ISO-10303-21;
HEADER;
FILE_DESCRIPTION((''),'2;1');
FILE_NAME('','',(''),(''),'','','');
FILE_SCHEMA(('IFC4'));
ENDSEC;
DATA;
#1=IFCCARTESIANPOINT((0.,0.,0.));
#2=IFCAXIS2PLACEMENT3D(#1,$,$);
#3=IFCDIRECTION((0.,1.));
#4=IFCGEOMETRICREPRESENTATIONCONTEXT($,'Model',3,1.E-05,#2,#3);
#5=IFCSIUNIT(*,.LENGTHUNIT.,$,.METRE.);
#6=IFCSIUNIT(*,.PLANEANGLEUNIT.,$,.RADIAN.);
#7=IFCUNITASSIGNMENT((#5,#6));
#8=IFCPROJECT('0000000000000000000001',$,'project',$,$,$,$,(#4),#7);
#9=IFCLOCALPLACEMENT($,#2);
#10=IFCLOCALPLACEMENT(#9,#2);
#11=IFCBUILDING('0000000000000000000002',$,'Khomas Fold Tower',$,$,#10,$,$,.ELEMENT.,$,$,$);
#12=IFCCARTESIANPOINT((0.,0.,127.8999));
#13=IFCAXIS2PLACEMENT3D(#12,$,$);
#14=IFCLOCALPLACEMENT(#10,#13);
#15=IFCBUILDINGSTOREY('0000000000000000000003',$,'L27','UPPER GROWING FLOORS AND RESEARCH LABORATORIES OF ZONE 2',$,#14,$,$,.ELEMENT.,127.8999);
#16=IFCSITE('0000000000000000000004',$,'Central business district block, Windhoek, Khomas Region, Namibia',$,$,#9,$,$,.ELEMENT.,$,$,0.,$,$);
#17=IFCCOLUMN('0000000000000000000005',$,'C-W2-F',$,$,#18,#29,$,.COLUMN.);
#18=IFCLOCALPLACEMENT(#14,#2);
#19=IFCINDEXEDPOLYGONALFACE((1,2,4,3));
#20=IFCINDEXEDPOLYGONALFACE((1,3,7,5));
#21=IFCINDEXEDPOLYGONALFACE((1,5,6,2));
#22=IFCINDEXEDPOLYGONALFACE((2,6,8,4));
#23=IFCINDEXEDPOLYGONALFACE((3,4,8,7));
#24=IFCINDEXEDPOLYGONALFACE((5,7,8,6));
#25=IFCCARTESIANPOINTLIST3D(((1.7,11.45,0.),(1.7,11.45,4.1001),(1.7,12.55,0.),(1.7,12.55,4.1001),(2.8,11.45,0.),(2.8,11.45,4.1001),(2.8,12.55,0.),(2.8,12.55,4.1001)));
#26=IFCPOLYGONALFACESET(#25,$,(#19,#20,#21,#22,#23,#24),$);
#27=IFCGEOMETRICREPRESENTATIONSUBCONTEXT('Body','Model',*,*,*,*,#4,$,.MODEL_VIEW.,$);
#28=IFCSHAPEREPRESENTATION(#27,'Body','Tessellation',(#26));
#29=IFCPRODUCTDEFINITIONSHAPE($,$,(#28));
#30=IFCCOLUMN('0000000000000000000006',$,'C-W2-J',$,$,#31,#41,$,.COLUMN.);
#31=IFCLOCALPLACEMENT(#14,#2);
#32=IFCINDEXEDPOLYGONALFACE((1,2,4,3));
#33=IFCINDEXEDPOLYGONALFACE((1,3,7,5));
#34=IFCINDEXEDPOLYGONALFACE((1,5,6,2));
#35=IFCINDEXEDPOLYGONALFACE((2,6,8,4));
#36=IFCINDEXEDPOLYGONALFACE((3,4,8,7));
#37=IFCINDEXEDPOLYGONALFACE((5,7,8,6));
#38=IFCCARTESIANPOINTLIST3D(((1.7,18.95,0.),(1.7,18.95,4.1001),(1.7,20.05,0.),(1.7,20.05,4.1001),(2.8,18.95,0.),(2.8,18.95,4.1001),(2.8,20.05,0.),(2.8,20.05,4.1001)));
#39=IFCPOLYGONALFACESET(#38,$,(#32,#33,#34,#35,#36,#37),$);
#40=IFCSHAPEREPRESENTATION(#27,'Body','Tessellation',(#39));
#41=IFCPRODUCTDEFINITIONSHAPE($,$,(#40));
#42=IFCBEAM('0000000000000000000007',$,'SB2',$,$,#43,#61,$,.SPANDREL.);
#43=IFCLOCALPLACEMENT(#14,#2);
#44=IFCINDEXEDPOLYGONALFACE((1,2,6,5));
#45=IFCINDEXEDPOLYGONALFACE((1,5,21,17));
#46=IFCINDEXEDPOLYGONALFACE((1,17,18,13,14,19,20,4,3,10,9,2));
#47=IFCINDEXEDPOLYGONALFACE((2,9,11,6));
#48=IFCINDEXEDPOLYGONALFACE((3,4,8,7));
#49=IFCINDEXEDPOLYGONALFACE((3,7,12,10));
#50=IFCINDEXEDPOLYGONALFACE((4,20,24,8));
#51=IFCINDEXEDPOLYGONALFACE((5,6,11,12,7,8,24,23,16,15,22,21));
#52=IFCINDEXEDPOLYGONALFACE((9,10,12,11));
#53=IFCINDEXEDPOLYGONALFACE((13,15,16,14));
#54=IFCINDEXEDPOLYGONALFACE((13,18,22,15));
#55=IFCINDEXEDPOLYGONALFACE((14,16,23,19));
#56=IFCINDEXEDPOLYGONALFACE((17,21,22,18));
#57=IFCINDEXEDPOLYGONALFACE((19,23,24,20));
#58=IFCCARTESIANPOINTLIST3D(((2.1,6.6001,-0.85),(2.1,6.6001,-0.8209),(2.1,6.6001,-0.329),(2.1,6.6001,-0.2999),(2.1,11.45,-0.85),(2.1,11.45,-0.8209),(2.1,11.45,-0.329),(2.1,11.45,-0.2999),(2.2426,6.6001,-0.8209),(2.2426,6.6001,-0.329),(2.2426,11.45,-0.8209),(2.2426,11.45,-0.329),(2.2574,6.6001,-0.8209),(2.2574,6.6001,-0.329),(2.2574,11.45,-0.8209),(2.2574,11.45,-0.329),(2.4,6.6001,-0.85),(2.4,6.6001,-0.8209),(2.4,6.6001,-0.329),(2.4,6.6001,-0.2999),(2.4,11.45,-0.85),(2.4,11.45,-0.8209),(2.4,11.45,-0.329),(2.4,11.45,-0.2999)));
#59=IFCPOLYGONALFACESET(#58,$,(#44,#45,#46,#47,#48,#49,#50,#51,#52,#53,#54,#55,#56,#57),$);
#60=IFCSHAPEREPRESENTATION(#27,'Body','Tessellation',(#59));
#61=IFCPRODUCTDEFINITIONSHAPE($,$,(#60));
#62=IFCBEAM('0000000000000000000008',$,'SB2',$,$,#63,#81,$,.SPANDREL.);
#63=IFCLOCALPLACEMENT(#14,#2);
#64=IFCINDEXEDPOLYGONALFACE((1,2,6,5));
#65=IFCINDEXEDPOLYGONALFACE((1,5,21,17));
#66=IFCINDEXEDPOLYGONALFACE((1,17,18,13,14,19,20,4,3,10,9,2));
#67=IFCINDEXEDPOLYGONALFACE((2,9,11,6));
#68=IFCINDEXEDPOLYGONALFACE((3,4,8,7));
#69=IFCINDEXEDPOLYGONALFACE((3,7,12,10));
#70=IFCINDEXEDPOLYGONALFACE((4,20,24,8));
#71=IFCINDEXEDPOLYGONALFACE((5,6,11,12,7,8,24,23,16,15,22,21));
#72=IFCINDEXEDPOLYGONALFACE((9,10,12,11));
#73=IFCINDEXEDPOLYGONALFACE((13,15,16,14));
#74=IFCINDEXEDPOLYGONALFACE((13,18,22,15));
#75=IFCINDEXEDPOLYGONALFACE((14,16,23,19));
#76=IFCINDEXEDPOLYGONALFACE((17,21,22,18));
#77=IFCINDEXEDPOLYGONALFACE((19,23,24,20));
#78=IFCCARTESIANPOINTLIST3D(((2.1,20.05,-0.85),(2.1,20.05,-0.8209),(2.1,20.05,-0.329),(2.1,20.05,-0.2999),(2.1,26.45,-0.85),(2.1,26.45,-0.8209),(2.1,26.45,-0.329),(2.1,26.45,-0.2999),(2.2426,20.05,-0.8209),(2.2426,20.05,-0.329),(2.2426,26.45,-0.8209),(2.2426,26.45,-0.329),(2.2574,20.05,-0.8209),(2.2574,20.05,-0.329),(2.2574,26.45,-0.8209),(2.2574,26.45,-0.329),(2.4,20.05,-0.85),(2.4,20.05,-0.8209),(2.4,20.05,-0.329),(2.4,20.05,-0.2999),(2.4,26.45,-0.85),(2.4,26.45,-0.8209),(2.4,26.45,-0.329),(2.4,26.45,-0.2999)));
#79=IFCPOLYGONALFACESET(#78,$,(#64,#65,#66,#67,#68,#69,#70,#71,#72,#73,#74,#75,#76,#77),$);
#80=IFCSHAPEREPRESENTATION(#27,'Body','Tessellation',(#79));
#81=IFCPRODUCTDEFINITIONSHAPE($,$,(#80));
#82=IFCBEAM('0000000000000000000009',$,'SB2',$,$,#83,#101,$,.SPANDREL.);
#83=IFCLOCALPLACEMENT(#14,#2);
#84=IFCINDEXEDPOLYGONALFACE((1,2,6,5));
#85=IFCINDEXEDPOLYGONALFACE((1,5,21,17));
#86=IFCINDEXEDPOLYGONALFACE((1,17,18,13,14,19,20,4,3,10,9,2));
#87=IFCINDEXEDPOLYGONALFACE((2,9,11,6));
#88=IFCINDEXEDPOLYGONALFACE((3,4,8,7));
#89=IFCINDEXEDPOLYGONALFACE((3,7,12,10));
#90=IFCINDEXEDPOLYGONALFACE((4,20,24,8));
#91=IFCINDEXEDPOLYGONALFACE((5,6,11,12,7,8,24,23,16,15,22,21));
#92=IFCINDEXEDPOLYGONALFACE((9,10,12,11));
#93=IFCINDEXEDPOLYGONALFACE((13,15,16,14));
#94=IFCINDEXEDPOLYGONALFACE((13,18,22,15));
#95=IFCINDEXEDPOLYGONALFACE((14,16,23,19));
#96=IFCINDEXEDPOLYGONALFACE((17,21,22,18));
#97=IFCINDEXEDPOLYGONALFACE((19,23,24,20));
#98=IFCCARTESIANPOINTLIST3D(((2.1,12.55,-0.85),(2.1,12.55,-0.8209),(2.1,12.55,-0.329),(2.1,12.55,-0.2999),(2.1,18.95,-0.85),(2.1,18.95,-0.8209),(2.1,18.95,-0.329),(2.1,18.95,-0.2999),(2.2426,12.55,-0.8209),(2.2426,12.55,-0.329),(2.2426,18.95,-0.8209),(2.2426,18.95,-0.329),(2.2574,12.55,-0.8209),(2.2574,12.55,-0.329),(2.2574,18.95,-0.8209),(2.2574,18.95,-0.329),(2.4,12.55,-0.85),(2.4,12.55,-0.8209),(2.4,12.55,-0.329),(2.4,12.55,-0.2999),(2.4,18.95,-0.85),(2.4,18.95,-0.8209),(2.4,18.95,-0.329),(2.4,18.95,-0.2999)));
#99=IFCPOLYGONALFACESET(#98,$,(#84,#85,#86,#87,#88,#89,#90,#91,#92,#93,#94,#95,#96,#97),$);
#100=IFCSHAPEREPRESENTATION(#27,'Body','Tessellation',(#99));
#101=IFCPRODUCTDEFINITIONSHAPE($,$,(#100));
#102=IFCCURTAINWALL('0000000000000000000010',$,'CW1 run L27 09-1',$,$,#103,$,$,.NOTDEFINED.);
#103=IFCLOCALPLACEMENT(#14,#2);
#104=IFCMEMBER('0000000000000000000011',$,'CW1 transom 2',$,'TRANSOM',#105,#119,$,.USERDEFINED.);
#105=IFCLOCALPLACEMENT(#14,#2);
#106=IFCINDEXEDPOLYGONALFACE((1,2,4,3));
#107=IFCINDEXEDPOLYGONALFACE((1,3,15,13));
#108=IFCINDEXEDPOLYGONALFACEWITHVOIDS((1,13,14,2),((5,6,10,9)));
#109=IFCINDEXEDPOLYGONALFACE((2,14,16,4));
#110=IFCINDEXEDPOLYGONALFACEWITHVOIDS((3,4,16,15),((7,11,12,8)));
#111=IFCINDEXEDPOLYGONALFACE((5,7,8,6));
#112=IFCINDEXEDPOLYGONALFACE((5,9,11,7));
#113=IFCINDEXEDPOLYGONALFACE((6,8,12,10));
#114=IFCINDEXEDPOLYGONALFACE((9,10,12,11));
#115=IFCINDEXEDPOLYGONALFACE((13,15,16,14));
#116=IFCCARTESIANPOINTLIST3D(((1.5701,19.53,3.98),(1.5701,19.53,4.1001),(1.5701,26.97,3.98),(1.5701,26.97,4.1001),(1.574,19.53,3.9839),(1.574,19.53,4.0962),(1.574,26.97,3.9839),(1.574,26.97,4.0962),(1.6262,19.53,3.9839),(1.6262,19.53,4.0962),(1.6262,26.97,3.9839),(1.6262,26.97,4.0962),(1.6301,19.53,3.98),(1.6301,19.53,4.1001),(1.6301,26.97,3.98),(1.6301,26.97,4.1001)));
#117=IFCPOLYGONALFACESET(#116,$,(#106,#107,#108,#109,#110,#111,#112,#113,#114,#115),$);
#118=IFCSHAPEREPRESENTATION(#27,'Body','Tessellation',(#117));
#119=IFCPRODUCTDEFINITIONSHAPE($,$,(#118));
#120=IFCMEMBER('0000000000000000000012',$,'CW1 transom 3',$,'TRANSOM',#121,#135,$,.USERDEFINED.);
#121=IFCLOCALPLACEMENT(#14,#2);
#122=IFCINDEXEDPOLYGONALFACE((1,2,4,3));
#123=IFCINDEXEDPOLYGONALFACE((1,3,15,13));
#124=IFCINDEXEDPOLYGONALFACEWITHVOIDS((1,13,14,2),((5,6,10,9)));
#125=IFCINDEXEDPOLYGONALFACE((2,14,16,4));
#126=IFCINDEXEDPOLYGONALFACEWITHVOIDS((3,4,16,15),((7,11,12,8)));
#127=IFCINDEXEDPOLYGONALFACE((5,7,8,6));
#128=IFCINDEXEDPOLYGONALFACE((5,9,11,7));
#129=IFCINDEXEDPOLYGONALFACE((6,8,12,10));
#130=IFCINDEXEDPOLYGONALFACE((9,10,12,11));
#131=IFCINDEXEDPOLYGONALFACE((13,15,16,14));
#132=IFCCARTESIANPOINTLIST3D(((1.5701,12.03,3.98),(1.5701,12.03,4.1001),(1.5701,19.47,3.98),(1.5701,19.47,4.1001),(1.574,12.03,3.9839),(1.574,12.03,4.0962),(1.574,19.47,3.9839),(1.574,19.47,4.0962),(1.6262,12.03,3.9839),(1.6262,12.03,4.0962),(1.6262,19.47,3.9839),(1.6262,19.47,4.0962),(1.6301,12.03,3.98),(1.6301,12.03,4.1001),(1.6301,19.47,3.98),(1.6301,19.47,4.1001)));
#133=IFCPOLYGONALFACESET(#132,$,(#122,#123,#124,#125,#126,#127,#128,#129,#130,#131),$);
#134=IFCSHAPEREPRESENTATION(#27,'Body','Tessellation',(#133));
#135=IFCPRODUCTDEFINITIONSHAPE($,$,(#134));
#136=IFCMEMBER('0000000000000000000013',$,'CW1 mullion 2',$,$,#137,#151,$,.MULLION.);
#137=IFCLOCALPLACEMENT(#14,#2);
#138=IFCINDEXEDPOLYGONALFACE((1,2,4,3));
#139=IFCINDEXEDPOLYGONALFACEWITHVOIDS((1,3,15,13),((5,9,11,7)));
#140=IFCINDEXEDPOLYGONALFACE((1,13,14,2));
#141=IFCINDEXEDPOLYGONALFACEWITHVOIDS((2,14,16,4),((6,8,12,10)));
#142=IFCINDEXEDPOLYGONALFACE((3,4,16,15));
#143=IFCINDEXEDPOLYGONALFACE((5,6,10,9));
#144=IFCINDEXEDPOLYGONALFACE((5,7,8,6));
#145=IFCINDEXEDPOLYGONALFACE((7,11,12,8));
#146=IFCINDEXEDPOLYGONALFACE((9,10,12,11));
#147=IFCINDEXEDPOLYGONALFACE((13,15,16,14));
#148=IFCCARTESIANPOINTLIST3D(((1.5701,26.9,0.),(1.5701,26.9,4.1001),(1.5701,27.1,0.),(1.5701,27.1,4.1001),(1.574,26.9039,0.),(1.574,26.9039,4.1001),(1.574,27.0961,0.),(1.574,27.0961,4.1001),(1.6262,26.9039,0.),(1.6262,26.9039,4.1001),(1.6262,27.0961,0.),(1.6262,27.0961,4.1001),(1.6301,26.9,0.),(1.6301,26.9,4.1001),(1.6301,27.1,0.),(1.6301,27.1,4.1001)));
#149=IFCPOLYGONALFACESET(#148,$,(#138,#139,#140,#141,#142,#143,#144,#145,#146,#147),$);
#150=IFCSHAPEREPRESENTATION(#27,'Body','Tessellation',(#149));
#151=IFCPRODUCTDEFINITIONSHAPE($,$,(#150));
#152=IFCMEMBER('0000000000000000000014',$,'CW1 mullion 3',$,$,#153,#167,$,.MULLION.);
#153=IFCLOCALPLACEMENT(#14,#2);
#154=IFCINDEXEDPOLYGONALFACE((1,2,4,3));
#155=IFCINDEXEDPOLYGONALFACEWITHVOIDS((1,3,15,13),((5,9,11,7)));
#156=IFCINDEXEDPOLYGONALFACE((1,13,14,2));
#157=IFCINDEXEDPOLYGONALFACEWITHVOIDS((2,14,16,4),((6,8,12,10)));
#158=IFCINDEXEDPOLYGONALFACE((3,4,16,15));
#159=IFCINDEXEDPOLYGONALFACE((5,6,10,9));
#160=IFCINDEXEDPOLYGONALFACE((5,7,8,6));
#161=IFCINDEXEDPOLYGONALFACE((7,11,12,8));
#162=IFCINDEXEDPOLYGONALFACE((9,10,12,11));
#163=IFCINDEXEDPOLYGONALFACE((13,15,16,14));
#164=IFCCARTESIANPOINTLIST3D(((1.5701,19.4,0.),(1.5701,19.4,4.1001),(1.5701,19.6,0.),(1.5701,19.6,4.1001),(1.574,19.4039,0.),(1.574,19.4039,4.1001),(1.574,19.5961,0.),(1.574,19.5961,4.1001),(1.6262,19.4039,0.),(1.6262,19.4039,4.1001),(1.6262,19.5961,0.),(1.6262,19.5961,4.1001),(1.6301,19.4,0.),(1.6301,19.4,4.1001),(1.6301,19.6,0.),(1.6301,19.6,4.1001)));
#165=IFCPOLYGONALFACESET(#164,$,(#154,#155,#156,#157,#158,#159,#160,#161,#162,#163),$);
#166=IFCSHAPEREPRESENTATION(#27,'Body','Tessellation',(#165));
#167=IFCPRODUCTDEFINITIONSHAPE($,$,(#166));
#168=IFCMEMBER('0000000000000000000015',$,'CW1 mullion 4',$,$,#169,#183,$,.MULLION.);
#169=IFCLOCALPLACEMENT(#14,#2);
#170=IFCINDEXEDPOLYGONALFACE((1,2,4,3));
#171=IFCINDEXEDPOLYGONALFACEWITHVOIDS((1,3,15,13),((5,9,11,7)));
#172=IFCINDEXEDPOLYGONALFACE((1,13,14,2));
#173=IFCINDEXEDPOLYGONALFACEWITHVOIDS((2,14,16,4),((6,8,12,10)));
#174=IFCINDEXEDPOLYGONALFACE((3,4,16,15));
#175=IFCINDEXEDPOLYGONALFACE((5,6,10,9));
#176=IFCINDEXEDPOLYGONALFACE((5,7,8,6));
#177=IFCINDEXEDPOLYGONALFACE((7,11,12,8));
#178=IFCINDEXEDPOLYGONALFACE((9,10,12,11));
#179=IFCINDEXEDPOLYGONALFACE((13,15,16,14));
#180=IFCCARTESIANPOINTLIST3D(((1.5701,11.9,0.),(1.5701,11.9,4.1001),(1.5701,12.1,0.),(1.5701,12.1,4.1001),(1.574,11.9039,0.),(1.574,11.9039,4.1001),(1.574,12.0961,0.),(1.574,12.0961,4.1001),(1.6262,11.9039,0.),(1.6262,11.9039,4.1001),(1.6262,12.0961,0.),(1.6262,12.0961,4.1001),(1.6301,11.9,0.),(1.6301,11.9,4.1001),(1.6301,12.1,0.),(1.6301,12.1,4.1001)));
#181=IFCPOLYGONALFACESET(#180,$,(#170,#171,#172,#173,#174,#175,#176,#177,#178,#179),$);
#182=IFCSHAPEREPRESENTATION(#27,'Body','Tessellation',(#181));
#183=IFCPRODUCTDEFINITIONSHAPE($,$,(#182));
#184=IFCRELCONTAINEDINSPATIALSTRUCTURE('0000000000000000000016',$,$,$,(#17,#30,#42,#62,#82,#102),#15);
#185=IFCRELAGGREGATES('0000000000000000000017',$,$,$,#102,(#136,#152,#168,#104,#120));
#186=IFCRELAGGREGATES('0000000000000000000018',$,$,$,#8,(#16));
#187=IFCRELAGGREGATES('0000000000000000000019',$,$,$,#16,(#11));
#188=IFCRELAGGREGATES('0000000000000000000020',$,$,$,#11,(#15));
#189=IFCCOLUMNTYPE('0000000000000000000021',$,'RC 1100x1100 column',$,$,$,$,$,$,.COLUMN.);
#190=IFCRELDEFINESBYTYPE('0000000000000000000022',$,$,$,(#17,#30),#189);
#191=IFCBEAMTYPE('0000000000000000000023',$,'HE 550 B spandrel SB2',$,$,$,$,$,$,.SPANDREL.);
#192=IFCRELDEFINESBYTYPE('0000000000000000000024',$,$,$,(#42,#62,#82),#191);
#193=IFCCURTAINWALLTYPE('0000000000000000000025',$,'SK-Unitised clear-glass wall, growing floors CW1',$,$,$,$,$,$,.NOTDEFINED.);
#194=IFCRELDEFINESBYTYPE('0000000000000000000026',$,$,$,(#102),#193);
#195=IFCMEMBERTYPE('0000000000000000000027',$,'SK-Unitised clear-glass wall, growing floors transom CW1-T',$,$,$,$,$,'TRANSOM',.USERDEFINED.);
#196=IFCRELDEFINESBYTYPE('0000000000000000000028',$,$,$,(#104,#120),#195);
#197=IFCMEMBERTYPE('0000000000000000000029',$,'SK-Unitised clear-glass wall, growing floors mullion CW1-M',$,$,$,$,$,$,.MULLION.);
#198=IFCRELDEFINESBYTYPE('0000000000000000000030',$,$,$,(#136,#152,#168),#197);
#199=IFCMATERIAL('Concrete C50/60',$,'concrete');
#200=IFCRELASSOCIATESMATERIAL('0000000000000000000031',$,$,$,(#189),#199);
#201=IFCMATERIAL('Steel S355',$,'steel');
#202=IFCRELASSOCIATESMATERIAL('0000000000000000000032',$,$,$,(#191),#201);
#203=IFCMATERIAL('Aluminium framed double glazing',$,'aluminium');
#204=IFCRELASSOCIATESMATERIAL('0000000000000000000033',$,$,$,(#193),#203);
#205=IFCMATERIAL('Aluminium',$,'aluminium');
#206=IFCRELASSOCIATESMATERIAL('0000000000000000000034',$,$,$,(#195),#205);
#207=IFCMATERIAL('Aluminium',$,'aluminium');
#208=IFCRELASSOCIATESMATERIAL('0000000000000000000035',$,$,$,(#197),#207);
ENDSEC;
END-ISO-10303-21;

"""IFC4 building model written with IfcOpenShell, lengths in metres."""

from ifc_helpers import new_model, si_unit, direction, frame, origin, origin_2d, place, context, subcontext, project, spatial, rectangle, hollow_rectangle, i_section, extrude, source, transform, mapped, material, material_profile, profile_set, type_object, element, aggregate, save


model = new_model("IFC4")

# Units and contexts
model_context = context("Model", 3, precision=1e-05, world=origin(), true_north=direction((0.0, 1.0)))
body_context = subcontext(model_context, "Body", "Model", "MODEL_VIEW")
ifc_project = project(units=[si_unit("LENGTHUNIT", "METRE"), si_unit("PLANEANGLEUNIT", "RADIAN")], contexts=[model_context])

# Site, building, storey
site_placement = place(None, origin())
site = spatial("IfcSite", under=ifc_project, at=site_placement, Name="Central business district block, Windhoek, Khomas Region, Namibia", CompositionType="ELEMENT", RefElevation=0.0)
building_placement = place(site_placement, origin())
building = spatial("IfcBuilding", under=site, at=building_placement, Name="Khomas Fold Tower", CompositionType="ELEMENT")
storey_placement = place(building_placement, frame((0.0, 0.0, 127.8999)))
storey = spatial("IfcBuildingStorey", under=building, at=storey_placement, Name="L27", Description="UPPER GROWING FLOORS AND RESEARCH LABORATORIES OF ZONE 2", CompositionType="ELEMENT", Elevation=127.8999)

# Columns
ifc_material_1 = material(Name="Concrete C50/60", Category="concrete")
ifc_material_profile_1 = material_profile(ifc_material_1, rectangle(XDim=1.1001, YDim=1.1001, at=origin_2d()), Name="RC 1100x1100")
ifc_profile_set_1 = profile_set([ifc_material_profile_1], Name="Concrete C50/60")
column_type = type_object("IfcColumnType", Name="RC 1100x1100 column", PredefinedType="COLUMN", material=ifc_profile_set_1)
shared_shape_1 = source(origin(), body_context, "Body", "SweptSolid", [
    extrude(rectangle(XDim=1.1001, YDim=1.1001, at=origin_2d()), origin(), (0.0, 0.0, 1.0), 4.1001),
])
for number, where, z_axis, x_axis, name in (
    (1, (2.25, 12.0, 0.0), (0.0, 0.0, 1.0), (1.0, 0.0, 0.0), "C-W2-F"),
    (2, (2.25, 19.5, 0.0), (0.0, 0.0, 1.0), (1.0, 0.0, 0.0), "C-W2-J"),
):
    element("IfcColumn", number, at=place(storey_placement, frame(where, z_axis=z_axis, x_axis=x_axis)), inside=storey, type_object=column_type, Name=name, PredefinedType="COLUMN", context=body_context, shape_type="MappedRepresentation", body=[
        mapped(shared_shape_1, transform((0.0, 0.0, 0.0))),
    ])

# Beams
ifc_material_2 = material(Name="Steel S355", Category="steel")
ifc_material_profile_2 = material_profile(ifc_material_2, i_section(OverallWidth=0.3, OverallDepth=0.55, WebThickness=0.0149, FlangeThickness=0.0291, at=origin_2d()), Name="HE 550 B")
ifc_profile_set_2 = profile_set([ifc_material_profile_2], Name="Steel S355")
beam_type = type_object("IfcBeamType", Name="HE 550 B spandrel SB2", PredefinedType="SPANDREL", material=ifc_profile_set_2)
shared_shape_2 = source(origin(), body_context, "Body", "SweptSolid", [
    extrude(i_section(OverallWidth=0.3, OverallDepth=0.55, WebThickness=0.0149, FlangeThickness=0.0291, at=origin_2d()), origin(), (0.0, 0.0, 1.0), 4.8499),
])
beam_placement = place(storey_placement, frame((2.25, 6.6001, -0.575), z_axis=(0.0, 1.0, 0.0), x_axis=(-1.0, 0.0, 0.0)))
element("IfcBeam", 3, at=beam_placement, inside=storey, type_object=beam_type, Name="SB2", PredefinedType="SPANDREL", context=body_context, shape_type="MappedRepresentation", body=[
    mapped(shared_shape_2, transform((0.0, 0.0, 0.0))),
])
shared_shape_3 = source(origin(), body_context, "Body", "SweptSolid", [
    extrude(i_section(OverallWidth=0.3, OverallDepth=0.55, WebThickness=0.0149, FlangeThickness=0.0291, at=origin_2d()), origin(), (0.0, 0.0, 1.0), 6.3999),
])
for number, where, z_axis, x_axis, name in (
    (4, (2.25, 20.05, -0.575), (0.0, 1.0, 0.0), (-1.0, 0.0, 0.0), "SB2"),
    (5, (2.25, 12.55, -0.575), (0.0, 1.0, 0.0), (-1.0, 0.0, 0.0), "SB2"),
):
    element("IfcBeam", number, at=place(storey_placement, frame(where, z_axis=z_axis, x_axis=x_axis)), inside=storey, type_object=beam_type, Name=name, PredefinedType="SPANDREL", context=body_context, shape_type="MappedRepresentation", body=[
        mapped(shared_shape_3, transform((0.0, 0.0, 0.0))),
    ])

# Curtain wall, members
ifc_material_3 = material(Name="Aluminium framed double glazing", Category="aluminium")
curtain_wall_type = type_object("IfcCurtainWallType", Name="SK-Unitised clear-glass wall, growing floors CW1", PredefinedType="NOTDEFINED", material=ifc_material_3)
curtain_wall_placement = place(storey_placement, origin())
curtain_wall = element("IfcCurtainWall", 6, at=curtain_wall_placement, inside=storey, type_object=curtain_wall_type, Name="CW1 run L27 09-1", PredefinedType="NOTDEFINED")
ifc_material_4 = material(Name="Aluminium", Category="aluminium")
ifc_material_profile_3 = material_profile(ifc_material_4, hollow_rectangle(XDim=0.0601, YDim=0.1201, WallThickness=0.0039, at=origin_2d()), Name="SK-Unitised clear-glass wall, growing floors transom CW1-T")
ifc_profile_set_3 = profile_set([ifc_material_profile_3], Name="Aluminium")
member_type_1 = type_object("IfcMemberType", Name="SK-Unitised clear-glass wall, growing floors transom CW1-T", ElementType="TRANSOM", PredefinedType="USERDEFINED", material=ifc_profile_set_3)
shared_shape_4 = source(origin(), body_context, "Body", "SweptSolid", [
    extrude(hollow_rectangle(XDim=0.0601, YDim=0.1201, WallThickness=0.0039, at=origin_2d()), origin(), (0.0, 0.0, 1.0), 7.4399),
])
member_1_placement = place(storey_placement, frame((1.6001, 26.97, 4.04), z_axis=(0.0, -1.0, 0.0), x_axis=(1.0, 0.0, 0.0)))
member_1 = element("IfcMember", 7, at=member_1_placement, type_object=member_type_1, Name="CW1 transom 2", ObjectType="TRANSOM", PredefinedType="USERDEFINED", context=body_context, shape_type="MappedRepresentation", body=[
    mapped(shared_shape_4, transform((0.0, 0.0, 0.0))),
])
member_2_placement = place(storey_placement, frame((1.6001, 19.47, 4.04), z_axis=(0.0, -1.0, 0.0), x_axis=(1.0, 0.0, 0.0)))
member_2 = element("IfcMember", 8, at=member_2_placement, type_object=member_type_1, Name="CW1 transom 3", ObjectType="TRANSOM", PredefinedType="USERDEFINED", context=body_context, shape_type="MappedRepresentation", body=[
    mapped(shared_shape_4, transform((0.0, 0.0, 0.0))),
])
ifc_material_5 = material(Name="Aluminium", Category="aluminium")
ifc_material_profile_4 = material_profile(ifc_material_5, hollow_rectangle(XDim=0.0601, YDim=0.2, WallThickness=0.0039, at=origin_2d()), Name="SK-Unitised clear-glass wall, growing floors mullion CW1-M")
ifc_profile_set_4 = profile_set([ifc_material_profile_4], Name="Aluminium")
member_type_2 = type_object("IfcMemberType", Name="SK-Unitised clear-glass wall, growing floors mullion CW1-M", PredefinedType="MULLION", material=ifc_profile_set_4)
shared_shape_5 = source(origin(), body_context, "Body", "SweptSolid", [
    extrude(hollow_rectangle(XDim=0.0601, YDim=0.2, WallThickness=0.0039, at=origin_2d()), origin(), (0.0, 0.0, 1.0), 4.1001),
])
member_3_placement = place(storey_placement, frame((1.6001, 27.0, 0.0), z_axis=(0.0, 0.0, 1.0), x_axis=(1.0, 0.0, 0.0)))
member_3 = element("IfcMember", 9, at=member_3_placement, type_object=member_type_2, Name="CW1 mullion 2", PredefinedType="MULLION", context=body_context, shape_type="MappedRepresentation", body=[
    mapped(shared_shape_5, transform((0.0, 0.0, 0.0))),
])
member_4_placement = place(storey_placement, frame((1.6001, 19.5, 0.0), z_axis=(0.0, 0.0, 1.0), x_axis=(1.0, 0.0, 0.0)))
member_4 = element("IfcMember", 10, at=member_4_placement, type_object=member_type_2, Name="CW1 mullion 3", PredefinedType="MULLION", context=body_context, shape_type="MappedRepresentation", body=[
    mapped(shared_shape_5, transform((0.0, 0.0, 0.0))),
])
member_5_placement = place(storey_placement, frame((1.6001, 12.0, 0.0), z_axis=(0.0, 0.0, 1.0), x_axis=(1.0, 0.0, 0.0)))
member_5 = element("IfcMember", 11, at=member_5_placement, type_object=member_type_2, Name="CW1 mullion 4", PredefinedType="MULLION", context=body_context, shape_type="MappedRepresentation", body=[
    mapped(shared_shape_5, transform((0.0, 0.0, 0.0))),
])

aggregate(curtain_wall, [member_3, member_4, member_5, member_1, member_2])

save(model, "model.ifc")
